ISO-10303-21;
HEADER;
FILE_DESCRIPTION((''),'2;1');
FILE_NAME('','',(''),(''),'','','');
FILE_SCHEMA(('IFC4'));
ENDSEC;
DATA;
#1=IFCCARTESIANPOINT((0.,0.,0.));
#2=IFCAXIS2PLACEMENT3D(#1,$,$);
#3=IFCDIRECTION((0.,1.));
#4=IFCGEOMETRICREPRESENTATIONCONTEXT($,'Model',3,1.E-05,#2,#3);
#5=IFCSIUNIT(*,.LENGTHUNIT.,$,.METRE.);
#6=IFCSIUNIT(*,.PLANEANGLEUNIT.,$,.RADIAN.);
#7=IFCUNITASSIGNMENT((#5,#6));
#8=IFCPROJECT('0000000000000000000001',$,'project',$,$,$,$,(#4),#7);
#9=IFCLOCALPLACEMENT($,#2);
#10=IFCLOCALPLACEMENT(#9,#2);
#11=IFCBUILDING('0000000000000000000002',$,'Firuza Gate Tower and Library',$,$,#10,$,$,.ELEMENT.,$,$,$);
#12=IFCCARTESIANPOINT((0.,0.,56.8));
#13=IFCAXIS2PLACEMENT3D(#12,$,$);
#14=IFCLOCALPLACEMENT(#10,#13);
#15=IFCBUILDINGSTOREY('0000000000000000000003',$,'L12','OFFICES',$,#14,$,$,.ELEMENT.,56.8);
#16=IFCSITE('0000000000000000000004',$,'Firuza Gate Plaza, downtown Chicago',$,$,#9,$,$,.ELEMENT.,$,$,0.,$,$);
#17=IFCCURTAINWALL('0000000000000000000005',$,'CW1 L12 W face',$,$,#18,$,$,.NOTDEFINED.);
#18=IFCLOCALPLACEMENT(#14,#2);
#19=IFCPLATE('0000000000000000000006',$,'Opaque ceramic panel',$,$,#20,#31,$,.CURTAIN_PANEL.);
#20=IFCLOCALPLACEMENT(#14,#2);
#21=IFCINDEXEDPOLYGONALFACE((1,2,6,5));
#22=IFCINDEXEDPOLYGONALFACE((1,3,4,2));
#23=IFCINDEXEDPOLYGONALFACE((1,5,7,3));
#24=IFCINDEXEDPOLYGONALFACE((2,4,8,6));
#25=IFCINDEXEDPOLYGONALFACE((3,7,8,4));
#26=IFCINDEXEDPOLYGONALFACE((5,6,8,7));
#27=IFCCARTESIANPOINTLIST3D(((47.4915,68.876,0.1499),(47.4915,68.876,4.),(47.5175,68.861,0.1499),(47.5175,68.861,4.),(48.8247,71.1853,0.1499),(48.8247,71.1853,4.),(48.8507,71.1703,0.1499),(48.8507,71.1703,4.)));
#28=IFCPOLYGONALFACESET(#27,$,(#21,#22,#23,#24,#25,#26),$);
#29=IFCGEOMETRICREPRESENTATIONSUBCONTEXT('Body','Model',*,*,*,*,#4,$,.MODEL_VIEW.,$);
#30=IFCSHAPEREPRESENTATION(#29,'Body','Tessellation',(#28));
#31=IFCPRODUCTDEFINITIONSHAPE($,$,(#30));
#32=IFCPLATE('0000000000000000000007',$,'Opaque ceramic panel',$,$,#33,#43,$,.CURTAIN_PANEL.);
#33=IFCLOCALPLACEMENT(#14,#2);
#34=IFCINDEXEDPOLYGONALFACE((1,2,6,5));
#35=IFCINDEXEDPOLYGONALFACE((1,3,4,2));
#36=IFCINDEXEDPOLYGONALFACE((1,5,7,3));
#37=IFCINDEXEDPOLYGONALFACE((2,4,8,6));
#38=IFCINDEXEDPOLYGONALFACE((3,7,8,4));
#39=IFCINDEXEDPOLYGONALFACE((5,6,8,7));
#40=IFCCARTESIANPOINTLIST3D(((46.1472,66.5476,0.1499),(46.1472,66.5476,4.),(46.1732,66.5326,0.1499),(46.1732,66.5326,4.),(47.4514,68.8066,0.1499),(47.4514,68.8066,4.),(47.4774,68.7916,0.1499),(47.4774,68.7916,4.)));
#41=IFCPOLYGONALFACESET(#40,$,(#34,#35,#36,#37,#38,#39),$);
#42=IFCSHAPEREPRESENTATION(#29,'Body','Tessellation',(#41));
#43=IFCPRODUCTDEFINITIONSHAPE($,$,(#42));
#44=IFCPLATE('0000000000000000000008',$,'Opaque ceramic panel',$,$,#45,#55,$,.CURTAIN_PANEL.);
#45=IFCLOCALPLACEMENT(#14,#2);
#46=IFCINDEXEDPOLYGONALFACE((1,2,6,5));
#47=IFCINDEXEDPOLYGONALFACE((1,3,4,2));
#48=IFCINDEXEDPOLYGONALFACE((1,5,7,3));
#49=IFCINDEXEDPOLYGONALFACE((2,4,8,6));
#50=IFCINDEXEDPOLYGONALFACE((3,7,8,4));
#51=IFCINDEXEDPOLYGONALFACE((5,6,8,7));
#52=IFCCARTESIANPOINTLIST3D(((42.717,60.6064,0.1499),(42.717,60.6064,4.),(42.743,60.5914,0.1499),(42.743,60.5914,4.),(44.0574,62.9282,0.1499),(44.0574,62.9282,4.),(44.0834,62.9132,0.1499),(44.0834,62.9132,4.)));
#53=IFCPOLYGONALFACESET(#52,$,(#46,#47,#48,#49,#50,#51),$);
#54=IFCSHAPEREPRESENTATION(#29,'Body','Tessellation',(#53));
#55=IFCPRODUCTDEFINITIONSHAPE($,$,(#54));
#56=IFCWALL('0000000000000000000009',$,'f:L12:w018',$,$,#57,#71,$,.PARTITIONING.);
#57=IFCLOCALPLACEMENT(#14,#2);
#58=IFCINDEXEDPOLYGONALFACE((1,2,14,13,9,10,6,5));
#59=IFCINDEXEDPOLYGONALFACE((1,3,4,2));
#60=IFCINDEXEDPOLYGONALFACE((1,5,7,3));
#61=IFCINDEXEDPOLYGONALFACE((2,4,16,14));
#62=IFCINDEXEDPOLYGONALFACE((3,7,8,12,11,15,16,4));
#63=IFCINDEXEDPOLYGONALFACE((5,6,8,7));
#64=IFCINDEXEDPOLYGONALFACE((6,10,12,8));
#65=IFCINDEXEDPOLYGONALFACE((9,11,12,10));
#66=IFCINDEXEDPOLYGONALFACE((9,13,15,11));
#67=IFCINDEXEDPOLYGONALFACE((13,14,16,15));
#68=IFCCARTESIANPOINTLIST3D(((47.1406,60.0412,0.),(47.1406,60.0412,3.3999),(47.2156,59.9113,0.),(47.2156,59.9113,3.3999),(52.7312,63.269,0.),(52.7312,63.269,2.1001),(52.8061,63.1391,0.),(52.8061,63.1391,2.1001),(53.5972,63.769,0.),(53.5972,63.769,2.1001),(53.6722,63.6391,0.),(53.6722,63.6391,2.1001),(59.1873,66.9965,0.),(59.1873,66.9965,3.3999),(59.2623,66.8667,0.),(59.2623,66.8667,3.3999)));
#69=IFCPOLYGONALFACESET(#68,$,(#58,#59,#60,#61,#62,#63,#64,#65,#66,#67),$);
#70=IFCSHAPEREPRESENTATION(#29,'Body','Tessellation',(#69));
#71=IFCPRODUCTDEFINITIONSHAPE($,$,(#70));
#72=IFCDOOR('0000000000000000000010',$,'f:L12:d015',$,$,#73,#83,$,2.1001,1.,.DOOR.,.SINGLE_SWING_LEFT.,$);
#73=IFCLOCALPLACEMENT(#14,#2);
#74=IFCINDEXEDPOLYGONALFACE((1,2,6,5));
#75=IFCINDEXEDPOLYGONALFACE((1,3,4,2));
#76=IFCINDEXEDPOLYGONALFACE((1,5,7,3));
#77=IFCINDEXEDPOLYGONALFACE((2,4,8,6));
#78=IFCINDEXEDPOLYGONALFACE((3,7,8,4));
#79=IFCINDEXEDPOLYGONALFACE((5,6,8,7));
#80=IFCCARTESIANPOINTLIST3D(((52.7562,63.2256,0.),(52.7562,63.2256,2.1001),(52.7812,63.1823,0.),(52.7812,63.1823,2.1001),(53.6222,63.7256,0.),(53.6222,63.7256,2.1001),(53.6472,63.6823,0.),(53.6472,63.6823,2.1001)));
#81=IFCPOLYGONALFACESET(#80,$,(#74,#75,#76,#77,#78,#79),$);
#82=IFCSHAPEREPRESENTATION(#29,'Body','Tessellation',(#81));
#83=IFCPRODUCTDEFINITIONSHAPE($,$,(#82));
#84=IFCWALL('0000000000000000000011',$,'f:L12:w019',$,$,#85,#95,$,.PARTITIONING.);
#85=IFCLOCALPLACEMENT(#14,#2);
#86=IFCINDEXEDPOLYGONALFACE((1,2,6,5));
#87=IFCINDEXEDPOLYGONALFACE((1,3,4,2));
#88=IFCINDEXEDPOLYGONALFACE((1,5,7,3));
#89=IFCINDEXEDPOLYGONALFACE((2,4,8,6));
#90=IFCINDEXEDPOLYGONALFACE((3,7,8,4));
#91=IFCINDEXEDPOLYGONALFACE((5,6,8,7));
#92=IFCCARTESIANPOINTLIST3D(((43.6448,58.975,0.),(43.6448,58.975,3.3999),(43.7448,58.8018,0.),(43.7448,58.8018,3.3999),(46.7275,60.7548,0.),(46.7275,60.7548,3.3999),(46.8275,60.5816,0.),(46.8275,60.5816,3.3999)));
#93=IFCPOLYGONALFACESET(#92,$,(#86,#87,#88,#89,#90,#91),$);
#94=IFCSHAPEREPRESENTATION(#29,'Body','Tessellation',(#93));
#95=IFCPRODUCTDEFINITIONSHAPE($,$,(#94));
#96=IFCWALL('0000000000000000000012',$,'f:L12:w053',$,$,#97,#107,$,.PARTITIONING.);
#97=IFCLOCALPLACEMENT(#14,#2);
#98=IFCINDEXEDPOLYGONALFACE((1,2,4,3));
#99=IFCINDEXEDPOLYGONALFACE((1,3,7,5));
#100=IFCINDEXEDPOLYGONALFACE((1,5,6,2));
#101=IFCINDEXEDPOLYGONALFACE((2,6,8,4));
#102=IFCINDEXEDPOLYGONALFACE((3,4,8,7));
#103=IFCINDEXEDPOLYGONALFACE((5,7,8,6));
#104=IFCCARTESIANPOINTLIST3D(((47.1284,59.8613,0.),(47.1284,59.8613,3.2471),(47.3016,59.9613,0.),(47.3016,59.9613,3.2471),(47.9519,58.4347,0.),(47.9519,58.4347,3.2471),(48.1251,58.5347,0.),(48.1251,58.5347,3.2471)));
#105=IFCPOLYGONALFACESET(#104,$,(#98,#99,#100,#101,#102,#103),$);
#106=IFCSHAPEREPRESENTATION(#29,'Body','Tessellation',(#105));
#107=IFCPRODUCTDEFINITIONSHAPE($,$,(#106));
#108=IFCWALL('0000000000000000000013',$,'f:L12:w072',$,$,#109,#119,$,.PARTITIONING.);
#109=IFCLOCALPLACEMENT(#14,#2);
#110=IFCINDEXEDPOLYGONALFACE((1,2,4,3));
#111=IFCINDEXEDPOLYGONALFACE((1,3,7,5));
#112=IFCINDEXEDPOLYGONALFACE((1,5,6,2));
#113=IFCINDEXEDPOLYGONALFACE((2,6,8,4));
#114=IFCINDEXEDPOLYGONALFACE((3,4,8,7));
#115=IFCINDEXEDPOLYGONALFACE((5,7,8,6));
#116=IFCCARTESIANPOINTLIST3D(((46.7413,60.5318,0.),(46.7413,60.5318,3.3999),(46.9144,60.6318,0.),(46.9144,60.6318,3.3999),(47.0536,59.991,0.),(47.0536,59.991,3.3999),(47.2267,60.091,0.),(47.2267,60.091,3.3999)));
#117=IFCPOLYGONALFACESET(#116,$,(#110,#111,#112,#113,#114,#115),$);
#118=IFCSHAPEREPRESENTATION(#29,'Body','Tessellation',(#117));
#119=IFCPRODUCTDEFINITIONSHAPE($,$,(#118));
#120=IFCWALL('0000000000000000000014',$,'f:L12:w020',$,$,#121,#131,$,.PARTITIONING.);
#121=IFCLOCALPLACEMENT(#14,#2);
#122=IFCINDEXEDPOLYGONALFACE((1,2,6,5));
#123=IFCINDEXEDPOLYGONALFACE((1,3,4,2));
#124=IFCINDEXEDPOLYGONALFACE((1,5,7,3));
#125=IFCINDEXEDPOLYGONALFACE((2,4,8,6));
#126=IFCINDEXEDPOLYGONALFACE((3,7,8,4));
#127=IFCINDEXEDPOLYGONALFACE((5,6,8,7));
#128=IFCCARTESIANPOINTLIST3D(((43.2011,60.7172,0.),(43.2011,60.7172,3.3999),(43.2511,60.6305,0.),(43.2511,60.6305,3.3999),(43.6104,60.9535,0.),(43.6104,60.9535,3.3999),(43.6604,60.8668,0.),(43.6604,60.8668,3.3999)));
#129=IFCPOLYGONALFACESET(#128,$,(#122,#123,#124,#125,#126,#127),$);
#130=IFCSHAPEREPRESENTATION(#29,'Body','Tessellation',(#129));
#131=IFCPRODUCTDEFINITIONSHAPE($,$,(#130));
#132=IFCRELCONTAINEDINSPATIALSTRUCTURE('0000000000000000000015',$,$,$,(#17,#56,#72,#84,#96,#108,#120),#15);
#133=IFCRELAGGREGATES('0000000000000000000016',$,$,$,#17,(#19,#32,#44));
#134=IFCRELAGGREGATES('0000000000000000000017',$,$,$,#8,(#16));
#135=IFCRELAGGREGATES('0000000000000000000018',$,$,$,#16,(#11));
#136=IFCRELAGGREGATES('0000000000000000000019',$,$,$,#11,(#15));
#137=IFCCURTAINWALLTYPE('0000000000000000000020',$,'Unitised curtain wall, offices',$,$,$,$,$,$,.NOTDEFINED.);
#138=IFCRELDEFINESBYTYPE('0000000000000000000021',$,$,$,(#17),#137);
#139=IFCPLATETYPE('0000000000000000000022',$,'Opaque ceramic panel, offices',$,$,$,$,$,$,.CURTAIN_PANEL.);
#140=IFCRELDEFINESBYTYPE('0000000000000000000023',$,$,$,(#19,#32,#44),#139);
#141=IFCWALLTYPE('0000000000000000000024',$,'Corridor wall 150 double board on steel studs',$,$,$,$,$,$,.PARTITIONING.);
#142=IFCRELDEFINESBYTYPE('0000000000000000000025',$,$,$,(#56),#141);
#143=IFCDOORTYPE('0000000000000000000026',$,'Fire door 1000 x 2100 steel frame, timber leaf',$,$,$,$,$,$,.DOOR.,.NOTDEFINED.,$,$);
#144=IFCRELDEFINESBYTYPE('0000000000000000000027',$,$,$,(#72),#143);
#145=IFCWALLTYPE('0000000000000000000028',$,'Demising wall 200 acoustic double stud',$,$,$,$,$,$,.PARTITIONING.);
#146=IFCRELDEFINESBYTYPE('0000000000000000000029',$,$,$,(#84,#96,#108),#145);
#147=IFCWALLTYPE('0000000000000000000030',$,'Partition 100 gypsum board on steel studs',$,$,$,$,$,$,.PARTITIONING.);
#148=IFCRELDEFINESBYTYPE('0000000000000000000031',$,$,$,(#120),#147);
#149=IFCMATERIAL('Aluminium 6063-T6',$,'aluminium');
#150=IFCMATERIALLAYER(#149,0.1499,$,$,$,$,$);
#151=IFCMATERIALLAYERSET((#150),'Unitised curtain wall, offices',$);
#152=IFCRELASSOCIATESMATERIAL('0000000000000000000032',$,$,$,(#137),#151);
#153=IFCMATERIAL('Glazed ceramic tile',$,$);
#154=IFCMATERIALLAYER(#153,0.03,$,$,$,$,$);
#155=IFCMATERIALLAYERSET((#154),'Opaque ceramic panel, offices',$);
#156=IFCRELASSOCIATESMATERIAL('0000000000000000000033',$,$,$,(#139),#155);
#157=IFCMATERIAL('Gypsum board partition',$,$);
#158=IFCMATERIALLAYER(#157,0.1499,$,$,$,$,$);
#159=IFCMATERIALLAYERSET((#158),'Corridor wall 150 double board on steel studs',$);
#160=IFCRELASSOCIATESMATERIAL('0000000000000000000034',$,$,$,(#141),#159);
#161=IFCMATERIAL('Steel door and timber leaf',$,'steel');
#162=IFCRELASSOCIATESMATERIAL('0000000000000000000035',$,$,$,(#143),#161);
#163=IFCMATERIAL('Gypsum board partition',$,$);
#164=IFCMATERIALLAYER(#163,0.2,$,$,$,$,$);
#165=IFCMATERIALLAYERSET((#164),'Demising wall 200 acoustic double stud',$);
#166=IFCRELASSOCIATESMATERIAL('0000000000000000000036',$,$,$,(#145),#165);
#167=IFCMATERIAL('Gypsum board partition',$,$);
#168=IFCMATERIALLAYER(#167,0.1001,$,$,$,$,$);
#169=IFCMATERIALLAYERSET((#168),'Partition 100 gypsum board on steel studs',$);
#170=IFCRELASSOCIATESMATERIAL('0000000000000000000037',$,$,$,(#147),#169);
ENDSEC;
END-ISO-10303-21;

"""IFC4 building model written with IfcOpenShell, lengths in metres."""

from ifc_helpers import new_model, si_unit, direction, frame, frame_2d, origin, place, context, subcontext, project, spatial, polyline, rectangle, outline, extrude, material, layer, layer_set, type_object, element, fill, aggregate, save


model = new_model("IFC4")

# Units and contexts
model_context = context("Model", 3, precision=1e-05, world=origin(), true_north=direction((0.0, 1.0)))
body_context = subcontext(model_context, "Body", "Model", "MODEL_VIEW")
ifc_project = project(units=[si_unit("LENGTHUNIT", "METRE"), si_unit("PLANEANGLEUNIT", "RADIAN")], contexts=[model_context])

# Site, building, storey
site_placement = place(None, origin())
site = spatial("IfcSite", under=ifc_project, at=site_placement, Name="Firuza Gate Plaza, downtown Chicago", CompositionType="ELEMENT", RefElevation=0.0)
building_placement = place(site_placement, origin())
building = spatial("IfcBuilding", under=site, at=building_placement, Name="Firuza Gate Tower and Library", CompositionType="ELEMENT")
storey_placement = place(building_placement, frame((0.0, 0.0, 56.8)))
storey = spatial("IfcBuildingStorey", under=building, at=storey_placement, Name="L12", Description="OFFICES", CompositionType="ELEMENT", Elevation=56.8)

# Curtain wall
ifc_material_1 = material(Name="Aluminium 6063-T6", Category="aluminium")
ifc_layer_1 = layer(ifc_material_1, 0.1499)
ifc_layer_set_1 = layer_set([ifc_layer_1], Name="Unitised curtain wall, offices")
curtain_wall_type_1 = type_object("IfcCurtainWallType", Name="Unitised curtain wall, offices", PredefinedType="NOTDEFINED", material=ifc_layer_set_1)
placement = place(storey_placement, origin())
curtain_wall_1 = element("IfcCurtainWall", 1, at=placement, inside=storey, type_object=curtain_wall_type_1, Name="CW1 L12 W face", PredefinedType="NOTDEFINED")

# Plates
ifc_material_2 = material(Name="Glazed ceramic tile")
ifc_layer_2 = layer(ifc_material_2, 0.03)
ifc_layer_set_2 = layer_set([ifc_layer_2], Name="Opaque ceramic panel, offices")
plate_type_1 = type_object("IfcPlateType", Name="Opaque ceramic panel, offices", PredefinedType="CURTAIN_PANEL", material=ifc_layer_set_2)
plate_1_placement = place(storey_placement, frame((48.8247, 71.1853, 0.1499), z_axis=(-0.866032, 0.499989, 0.0), x_axis=(-0.499989, -0.866032, 0.0)))
plate_1 = element("IfcPlate", 2, at=plate_1_placement, type_object=plate_type_1, Name="Opaque ceramic panel", PredefinedType="CURTAIN_PANEL", context=body_context, shape_type="SweptSolid", body=[
    extrude(outline(polyline([(0.0, 0.0), (2.6666, 0.0), (2.6666, 3.8501), (0.0, 3.8501), (0.0, 0.0)])), origin(), (0.0, 0.0, -1.0), 0.03),
])
plate_2_placement = place(storey_placement, frame((47.4514, 68.8066, 0.1499), z_axis=(-0.866034, 0.499984, 0.0), x_axis=(-0.499984, -0.866034, 0.0)))
plate_2 = element("IfcPlate", 3, at=plate_2_placement, type_object=plate_type_1, Name="Opaque ceramic panel", PredefinedType="CURTAIN_PANEL", context=body_context, shape_type="SweptSolid", body=[
    extrude(outline(polyline([(0.0, 0.0), (2.6085, 0.0), (2.6085, 3.8501), (0.0, 3.8501), (0.0, 0.0)])), origin(), (0.0, 0.0, -1.0), 0.03),
])
plate_3_placement = place(storey_placement, frame((44.0574, 62.9282, 0.1499), z_axis=(-0.866049, 0.499959, 0.0), x_axis=(-0.499959, -0.866049, 0.0)))
plate_3 = element("IfcPlate", 4, at=plate_3_placement, type_object=plate_type_1, Name="Opaque ceramic panel", PredefinedType="CURTAIN_PANEL", context=body_context, shape_type="SweptSolid", body=[
    extrude(outline(polyline([(0.0, 0.0), (2.6809, 0.0), (2.6809, 3.8501), (0.0, 3.8501), (0.0, 0.0)])), origin(), (0.0, 0.0, -1.0), 0.03),
])
aggregate(curtain_wall_1, [plate_1, plate_2, plate_3])

# Wall, opening, door
ifc_material_3 = material(Name="Gypsum board partition")
ifc_layer_3 = layer(ifc_material_3, 0.1499)
ifc_layer_set_3 = layer_set([ifc_layer_3], Name="Corridor wall 150 double board on steel studs")
wall_type_1 = type_object("IfcWallType", Name="Corridor wall 150 double board on steel studs", PredefinedType="PARTITIONING", material=ifc_layer_set_3)
wall_1_placement = place(storey_placement, frame((47.1782, 59.9763, 0.0), z_axis=(0.0, 0.0, 1.0), x_axis=(0.866019, 0.500011, 0.0)))
wall_1 = element("IfcWall", 5, at=wall_1_placement, inside=storey, type_object=wall_type_1, Name="f:L12:w018", PredefinedType="PARTITIONING", context=body_context, shape_type="SweptSolid", body=[
    extrude(rectangle(XDim=13.9104, YDim=0.1499, at=frame_2d((6.9551, 0.0))), origin(), (0.0, 0.0, 1.0), 3.3999),
])
opening_placement = place(wall_1_placement, frame((6.4553, 0.0, 0.0)))
opening = element("IfcOpeningElement", 6, at=opening_placement, cuts=wall_1, PredefinedType="OPENING", context=body_context, shape_type="SweptSolid", body=[
    extrude(rectangle(XDim=1.0, YDim=2.1001, at=frame_2d((0.5, 1.05))), frame((0.0, 0.085, 0.0), z_axis=(0.0, -1.0, 0.0), x_axis=(1.0, 0.0, 0.0)), (0.0, 0.0, 1.0), 0.1699),
])
ifc_material_4 = material(Name="Steel door and timber leaf", Category="steel")
door_type = type_object("IfcDoorType", Name="Fire door 1000 x 2100 steel frame, timber leaf", OperationType="NOTDEFINED", PredefinedType="DOOR", material=ifc_material_4)
door_placement = place(opening_placement, origin())
door = element("IfcDoor", 7, at=door_placement, inside=storey, type_object=door_type, Name="f:L12:d015", OperationType="SINGLE_SWING_LEFT", OverallHeight=2.1001, OverallWidth=1.0, PredefinedType="DOOR", context=body_context, shape_type="SweptSolid", body=[
    extrude(rectangle(XDim=1.0, YDim=2.1001, at=frame_2d((0.5, 1.05))), frame((0.0, 0.0249, 0.0), z_axis=(0.0, -1.0, 0.0), x_axis=(1.0, 0.0, 0.0)), (0.0, 0.0, 1.0), 0.05),
])
fill(opening, door)

# Walls
ifc_material_5 = material(Name="Gypsum board partition")
ifc_layer_4 = layer(ifc_material_5, 0.2)
ifc_layer_set_4 = layer_set([ifc_layer_4], Name="Demising wall 200 acoustic double stud")
wall_type_2 = type_object("IfcWallType", Name="Demising wall 200 acoustic double stud", PredefinedType="PARTITIONING", material=ifc_layer_set_4)
wall_2_placement = place(storey_placement, frame((43.6948, 58.8884, 0.0), z_axis=(0.0, 0.0, 1.0), x_axis=(0.866031, 0.49999, 0.0)))
element("IfcWall", 8, at=wall_2_placement, inside=storey, type_object=wall_type_2, Name="f:L12:w019", PredefinedType="PARTITIONING", context=body_context, shape_type="SweptSolid", body=[
    extrude(rectangle(XDim=3.5596, YDim=0.2, at=frame_2d((1.7798, 0.0))), origin(), (0.0, 0.0, 1.0), 3.3999),
])
wall_3_placement = place(storey_placement, frame((48.0386, 58.4846, 0.0), z_axis=(0.0, 0.0, 1.0), x_axis=(-0.499949, 0.866055, 0.0)))
element("IfcWall", 9, at=wall_3_placement, inside=storey, type_object=wall_type_2, Name="f:L12:w053", PredefinedType="PARTITIONING", context=body_context, shape_type="SweptSolid", body=[
    extrude(rectangle(XDim=1.6472, YDim=0.2, at=frame_2d((0.8237, 0.0))), origin(), (0.0, 0.0, 1.0), 3.2471),
])
wall_4_placement = place(storey_placement, frame((47.1401, 60.041, 0.0), z_axis=(0.0, 0.0, 1.0), x_axis=(-0.50005, 0.865997, 0.0)))
element("IfcWall", 10, at=wall_4_placement, inside=storey, type_object=wall_type_2, Name="f:L12:w072", PredefinedType="PARTITIONING", context=body_context, shape_type="SweptSolid", body=[
    extrude(rectangle(XDim=0.6245, YDim=0.2, at=frame_2d((0.3123, 0.0))), origin(), (0.0, 0.0, 1.0), 3.3999),
])
ifc_material_6 = material(Name="Gypsum board partition")
ifc_layer_5 = layer(ifc_material_6, 0.1001)
ifc_layer_set_5 = layer_set([ifc_layer_5], Name="Partition 100 gypsum board on steel studs")
wall_type_3 = type_object("IfcWallType", Name="Partition 100 gypsum board on steel studs", PredefinedType="PARTITIONING", material=ifc_layer_set_5)
wall_5_placement = place(storey_placement, frame((43.2261, 60.6738, 0.0), z_axis=(0.0, 0.0, 1.0), x_axis=(0.866074, 0.499916, 0.0)))
element("IfcWall", 11, at=wall_5_placement, inside=storey, type_object=wall_type_3, Name="f:L12:w020", PredefinedType="PARTITIONING", context=body_context, shape_type="SweptSolid", body=[
    extrude(rectangle(XDim=0.4727, YDim=0.1001, at=frame_2d((0.2363, 0.0))), origin(), (0.0, 0.0, 1.0), 3.3999),
])

save(model, "model.ifc")
